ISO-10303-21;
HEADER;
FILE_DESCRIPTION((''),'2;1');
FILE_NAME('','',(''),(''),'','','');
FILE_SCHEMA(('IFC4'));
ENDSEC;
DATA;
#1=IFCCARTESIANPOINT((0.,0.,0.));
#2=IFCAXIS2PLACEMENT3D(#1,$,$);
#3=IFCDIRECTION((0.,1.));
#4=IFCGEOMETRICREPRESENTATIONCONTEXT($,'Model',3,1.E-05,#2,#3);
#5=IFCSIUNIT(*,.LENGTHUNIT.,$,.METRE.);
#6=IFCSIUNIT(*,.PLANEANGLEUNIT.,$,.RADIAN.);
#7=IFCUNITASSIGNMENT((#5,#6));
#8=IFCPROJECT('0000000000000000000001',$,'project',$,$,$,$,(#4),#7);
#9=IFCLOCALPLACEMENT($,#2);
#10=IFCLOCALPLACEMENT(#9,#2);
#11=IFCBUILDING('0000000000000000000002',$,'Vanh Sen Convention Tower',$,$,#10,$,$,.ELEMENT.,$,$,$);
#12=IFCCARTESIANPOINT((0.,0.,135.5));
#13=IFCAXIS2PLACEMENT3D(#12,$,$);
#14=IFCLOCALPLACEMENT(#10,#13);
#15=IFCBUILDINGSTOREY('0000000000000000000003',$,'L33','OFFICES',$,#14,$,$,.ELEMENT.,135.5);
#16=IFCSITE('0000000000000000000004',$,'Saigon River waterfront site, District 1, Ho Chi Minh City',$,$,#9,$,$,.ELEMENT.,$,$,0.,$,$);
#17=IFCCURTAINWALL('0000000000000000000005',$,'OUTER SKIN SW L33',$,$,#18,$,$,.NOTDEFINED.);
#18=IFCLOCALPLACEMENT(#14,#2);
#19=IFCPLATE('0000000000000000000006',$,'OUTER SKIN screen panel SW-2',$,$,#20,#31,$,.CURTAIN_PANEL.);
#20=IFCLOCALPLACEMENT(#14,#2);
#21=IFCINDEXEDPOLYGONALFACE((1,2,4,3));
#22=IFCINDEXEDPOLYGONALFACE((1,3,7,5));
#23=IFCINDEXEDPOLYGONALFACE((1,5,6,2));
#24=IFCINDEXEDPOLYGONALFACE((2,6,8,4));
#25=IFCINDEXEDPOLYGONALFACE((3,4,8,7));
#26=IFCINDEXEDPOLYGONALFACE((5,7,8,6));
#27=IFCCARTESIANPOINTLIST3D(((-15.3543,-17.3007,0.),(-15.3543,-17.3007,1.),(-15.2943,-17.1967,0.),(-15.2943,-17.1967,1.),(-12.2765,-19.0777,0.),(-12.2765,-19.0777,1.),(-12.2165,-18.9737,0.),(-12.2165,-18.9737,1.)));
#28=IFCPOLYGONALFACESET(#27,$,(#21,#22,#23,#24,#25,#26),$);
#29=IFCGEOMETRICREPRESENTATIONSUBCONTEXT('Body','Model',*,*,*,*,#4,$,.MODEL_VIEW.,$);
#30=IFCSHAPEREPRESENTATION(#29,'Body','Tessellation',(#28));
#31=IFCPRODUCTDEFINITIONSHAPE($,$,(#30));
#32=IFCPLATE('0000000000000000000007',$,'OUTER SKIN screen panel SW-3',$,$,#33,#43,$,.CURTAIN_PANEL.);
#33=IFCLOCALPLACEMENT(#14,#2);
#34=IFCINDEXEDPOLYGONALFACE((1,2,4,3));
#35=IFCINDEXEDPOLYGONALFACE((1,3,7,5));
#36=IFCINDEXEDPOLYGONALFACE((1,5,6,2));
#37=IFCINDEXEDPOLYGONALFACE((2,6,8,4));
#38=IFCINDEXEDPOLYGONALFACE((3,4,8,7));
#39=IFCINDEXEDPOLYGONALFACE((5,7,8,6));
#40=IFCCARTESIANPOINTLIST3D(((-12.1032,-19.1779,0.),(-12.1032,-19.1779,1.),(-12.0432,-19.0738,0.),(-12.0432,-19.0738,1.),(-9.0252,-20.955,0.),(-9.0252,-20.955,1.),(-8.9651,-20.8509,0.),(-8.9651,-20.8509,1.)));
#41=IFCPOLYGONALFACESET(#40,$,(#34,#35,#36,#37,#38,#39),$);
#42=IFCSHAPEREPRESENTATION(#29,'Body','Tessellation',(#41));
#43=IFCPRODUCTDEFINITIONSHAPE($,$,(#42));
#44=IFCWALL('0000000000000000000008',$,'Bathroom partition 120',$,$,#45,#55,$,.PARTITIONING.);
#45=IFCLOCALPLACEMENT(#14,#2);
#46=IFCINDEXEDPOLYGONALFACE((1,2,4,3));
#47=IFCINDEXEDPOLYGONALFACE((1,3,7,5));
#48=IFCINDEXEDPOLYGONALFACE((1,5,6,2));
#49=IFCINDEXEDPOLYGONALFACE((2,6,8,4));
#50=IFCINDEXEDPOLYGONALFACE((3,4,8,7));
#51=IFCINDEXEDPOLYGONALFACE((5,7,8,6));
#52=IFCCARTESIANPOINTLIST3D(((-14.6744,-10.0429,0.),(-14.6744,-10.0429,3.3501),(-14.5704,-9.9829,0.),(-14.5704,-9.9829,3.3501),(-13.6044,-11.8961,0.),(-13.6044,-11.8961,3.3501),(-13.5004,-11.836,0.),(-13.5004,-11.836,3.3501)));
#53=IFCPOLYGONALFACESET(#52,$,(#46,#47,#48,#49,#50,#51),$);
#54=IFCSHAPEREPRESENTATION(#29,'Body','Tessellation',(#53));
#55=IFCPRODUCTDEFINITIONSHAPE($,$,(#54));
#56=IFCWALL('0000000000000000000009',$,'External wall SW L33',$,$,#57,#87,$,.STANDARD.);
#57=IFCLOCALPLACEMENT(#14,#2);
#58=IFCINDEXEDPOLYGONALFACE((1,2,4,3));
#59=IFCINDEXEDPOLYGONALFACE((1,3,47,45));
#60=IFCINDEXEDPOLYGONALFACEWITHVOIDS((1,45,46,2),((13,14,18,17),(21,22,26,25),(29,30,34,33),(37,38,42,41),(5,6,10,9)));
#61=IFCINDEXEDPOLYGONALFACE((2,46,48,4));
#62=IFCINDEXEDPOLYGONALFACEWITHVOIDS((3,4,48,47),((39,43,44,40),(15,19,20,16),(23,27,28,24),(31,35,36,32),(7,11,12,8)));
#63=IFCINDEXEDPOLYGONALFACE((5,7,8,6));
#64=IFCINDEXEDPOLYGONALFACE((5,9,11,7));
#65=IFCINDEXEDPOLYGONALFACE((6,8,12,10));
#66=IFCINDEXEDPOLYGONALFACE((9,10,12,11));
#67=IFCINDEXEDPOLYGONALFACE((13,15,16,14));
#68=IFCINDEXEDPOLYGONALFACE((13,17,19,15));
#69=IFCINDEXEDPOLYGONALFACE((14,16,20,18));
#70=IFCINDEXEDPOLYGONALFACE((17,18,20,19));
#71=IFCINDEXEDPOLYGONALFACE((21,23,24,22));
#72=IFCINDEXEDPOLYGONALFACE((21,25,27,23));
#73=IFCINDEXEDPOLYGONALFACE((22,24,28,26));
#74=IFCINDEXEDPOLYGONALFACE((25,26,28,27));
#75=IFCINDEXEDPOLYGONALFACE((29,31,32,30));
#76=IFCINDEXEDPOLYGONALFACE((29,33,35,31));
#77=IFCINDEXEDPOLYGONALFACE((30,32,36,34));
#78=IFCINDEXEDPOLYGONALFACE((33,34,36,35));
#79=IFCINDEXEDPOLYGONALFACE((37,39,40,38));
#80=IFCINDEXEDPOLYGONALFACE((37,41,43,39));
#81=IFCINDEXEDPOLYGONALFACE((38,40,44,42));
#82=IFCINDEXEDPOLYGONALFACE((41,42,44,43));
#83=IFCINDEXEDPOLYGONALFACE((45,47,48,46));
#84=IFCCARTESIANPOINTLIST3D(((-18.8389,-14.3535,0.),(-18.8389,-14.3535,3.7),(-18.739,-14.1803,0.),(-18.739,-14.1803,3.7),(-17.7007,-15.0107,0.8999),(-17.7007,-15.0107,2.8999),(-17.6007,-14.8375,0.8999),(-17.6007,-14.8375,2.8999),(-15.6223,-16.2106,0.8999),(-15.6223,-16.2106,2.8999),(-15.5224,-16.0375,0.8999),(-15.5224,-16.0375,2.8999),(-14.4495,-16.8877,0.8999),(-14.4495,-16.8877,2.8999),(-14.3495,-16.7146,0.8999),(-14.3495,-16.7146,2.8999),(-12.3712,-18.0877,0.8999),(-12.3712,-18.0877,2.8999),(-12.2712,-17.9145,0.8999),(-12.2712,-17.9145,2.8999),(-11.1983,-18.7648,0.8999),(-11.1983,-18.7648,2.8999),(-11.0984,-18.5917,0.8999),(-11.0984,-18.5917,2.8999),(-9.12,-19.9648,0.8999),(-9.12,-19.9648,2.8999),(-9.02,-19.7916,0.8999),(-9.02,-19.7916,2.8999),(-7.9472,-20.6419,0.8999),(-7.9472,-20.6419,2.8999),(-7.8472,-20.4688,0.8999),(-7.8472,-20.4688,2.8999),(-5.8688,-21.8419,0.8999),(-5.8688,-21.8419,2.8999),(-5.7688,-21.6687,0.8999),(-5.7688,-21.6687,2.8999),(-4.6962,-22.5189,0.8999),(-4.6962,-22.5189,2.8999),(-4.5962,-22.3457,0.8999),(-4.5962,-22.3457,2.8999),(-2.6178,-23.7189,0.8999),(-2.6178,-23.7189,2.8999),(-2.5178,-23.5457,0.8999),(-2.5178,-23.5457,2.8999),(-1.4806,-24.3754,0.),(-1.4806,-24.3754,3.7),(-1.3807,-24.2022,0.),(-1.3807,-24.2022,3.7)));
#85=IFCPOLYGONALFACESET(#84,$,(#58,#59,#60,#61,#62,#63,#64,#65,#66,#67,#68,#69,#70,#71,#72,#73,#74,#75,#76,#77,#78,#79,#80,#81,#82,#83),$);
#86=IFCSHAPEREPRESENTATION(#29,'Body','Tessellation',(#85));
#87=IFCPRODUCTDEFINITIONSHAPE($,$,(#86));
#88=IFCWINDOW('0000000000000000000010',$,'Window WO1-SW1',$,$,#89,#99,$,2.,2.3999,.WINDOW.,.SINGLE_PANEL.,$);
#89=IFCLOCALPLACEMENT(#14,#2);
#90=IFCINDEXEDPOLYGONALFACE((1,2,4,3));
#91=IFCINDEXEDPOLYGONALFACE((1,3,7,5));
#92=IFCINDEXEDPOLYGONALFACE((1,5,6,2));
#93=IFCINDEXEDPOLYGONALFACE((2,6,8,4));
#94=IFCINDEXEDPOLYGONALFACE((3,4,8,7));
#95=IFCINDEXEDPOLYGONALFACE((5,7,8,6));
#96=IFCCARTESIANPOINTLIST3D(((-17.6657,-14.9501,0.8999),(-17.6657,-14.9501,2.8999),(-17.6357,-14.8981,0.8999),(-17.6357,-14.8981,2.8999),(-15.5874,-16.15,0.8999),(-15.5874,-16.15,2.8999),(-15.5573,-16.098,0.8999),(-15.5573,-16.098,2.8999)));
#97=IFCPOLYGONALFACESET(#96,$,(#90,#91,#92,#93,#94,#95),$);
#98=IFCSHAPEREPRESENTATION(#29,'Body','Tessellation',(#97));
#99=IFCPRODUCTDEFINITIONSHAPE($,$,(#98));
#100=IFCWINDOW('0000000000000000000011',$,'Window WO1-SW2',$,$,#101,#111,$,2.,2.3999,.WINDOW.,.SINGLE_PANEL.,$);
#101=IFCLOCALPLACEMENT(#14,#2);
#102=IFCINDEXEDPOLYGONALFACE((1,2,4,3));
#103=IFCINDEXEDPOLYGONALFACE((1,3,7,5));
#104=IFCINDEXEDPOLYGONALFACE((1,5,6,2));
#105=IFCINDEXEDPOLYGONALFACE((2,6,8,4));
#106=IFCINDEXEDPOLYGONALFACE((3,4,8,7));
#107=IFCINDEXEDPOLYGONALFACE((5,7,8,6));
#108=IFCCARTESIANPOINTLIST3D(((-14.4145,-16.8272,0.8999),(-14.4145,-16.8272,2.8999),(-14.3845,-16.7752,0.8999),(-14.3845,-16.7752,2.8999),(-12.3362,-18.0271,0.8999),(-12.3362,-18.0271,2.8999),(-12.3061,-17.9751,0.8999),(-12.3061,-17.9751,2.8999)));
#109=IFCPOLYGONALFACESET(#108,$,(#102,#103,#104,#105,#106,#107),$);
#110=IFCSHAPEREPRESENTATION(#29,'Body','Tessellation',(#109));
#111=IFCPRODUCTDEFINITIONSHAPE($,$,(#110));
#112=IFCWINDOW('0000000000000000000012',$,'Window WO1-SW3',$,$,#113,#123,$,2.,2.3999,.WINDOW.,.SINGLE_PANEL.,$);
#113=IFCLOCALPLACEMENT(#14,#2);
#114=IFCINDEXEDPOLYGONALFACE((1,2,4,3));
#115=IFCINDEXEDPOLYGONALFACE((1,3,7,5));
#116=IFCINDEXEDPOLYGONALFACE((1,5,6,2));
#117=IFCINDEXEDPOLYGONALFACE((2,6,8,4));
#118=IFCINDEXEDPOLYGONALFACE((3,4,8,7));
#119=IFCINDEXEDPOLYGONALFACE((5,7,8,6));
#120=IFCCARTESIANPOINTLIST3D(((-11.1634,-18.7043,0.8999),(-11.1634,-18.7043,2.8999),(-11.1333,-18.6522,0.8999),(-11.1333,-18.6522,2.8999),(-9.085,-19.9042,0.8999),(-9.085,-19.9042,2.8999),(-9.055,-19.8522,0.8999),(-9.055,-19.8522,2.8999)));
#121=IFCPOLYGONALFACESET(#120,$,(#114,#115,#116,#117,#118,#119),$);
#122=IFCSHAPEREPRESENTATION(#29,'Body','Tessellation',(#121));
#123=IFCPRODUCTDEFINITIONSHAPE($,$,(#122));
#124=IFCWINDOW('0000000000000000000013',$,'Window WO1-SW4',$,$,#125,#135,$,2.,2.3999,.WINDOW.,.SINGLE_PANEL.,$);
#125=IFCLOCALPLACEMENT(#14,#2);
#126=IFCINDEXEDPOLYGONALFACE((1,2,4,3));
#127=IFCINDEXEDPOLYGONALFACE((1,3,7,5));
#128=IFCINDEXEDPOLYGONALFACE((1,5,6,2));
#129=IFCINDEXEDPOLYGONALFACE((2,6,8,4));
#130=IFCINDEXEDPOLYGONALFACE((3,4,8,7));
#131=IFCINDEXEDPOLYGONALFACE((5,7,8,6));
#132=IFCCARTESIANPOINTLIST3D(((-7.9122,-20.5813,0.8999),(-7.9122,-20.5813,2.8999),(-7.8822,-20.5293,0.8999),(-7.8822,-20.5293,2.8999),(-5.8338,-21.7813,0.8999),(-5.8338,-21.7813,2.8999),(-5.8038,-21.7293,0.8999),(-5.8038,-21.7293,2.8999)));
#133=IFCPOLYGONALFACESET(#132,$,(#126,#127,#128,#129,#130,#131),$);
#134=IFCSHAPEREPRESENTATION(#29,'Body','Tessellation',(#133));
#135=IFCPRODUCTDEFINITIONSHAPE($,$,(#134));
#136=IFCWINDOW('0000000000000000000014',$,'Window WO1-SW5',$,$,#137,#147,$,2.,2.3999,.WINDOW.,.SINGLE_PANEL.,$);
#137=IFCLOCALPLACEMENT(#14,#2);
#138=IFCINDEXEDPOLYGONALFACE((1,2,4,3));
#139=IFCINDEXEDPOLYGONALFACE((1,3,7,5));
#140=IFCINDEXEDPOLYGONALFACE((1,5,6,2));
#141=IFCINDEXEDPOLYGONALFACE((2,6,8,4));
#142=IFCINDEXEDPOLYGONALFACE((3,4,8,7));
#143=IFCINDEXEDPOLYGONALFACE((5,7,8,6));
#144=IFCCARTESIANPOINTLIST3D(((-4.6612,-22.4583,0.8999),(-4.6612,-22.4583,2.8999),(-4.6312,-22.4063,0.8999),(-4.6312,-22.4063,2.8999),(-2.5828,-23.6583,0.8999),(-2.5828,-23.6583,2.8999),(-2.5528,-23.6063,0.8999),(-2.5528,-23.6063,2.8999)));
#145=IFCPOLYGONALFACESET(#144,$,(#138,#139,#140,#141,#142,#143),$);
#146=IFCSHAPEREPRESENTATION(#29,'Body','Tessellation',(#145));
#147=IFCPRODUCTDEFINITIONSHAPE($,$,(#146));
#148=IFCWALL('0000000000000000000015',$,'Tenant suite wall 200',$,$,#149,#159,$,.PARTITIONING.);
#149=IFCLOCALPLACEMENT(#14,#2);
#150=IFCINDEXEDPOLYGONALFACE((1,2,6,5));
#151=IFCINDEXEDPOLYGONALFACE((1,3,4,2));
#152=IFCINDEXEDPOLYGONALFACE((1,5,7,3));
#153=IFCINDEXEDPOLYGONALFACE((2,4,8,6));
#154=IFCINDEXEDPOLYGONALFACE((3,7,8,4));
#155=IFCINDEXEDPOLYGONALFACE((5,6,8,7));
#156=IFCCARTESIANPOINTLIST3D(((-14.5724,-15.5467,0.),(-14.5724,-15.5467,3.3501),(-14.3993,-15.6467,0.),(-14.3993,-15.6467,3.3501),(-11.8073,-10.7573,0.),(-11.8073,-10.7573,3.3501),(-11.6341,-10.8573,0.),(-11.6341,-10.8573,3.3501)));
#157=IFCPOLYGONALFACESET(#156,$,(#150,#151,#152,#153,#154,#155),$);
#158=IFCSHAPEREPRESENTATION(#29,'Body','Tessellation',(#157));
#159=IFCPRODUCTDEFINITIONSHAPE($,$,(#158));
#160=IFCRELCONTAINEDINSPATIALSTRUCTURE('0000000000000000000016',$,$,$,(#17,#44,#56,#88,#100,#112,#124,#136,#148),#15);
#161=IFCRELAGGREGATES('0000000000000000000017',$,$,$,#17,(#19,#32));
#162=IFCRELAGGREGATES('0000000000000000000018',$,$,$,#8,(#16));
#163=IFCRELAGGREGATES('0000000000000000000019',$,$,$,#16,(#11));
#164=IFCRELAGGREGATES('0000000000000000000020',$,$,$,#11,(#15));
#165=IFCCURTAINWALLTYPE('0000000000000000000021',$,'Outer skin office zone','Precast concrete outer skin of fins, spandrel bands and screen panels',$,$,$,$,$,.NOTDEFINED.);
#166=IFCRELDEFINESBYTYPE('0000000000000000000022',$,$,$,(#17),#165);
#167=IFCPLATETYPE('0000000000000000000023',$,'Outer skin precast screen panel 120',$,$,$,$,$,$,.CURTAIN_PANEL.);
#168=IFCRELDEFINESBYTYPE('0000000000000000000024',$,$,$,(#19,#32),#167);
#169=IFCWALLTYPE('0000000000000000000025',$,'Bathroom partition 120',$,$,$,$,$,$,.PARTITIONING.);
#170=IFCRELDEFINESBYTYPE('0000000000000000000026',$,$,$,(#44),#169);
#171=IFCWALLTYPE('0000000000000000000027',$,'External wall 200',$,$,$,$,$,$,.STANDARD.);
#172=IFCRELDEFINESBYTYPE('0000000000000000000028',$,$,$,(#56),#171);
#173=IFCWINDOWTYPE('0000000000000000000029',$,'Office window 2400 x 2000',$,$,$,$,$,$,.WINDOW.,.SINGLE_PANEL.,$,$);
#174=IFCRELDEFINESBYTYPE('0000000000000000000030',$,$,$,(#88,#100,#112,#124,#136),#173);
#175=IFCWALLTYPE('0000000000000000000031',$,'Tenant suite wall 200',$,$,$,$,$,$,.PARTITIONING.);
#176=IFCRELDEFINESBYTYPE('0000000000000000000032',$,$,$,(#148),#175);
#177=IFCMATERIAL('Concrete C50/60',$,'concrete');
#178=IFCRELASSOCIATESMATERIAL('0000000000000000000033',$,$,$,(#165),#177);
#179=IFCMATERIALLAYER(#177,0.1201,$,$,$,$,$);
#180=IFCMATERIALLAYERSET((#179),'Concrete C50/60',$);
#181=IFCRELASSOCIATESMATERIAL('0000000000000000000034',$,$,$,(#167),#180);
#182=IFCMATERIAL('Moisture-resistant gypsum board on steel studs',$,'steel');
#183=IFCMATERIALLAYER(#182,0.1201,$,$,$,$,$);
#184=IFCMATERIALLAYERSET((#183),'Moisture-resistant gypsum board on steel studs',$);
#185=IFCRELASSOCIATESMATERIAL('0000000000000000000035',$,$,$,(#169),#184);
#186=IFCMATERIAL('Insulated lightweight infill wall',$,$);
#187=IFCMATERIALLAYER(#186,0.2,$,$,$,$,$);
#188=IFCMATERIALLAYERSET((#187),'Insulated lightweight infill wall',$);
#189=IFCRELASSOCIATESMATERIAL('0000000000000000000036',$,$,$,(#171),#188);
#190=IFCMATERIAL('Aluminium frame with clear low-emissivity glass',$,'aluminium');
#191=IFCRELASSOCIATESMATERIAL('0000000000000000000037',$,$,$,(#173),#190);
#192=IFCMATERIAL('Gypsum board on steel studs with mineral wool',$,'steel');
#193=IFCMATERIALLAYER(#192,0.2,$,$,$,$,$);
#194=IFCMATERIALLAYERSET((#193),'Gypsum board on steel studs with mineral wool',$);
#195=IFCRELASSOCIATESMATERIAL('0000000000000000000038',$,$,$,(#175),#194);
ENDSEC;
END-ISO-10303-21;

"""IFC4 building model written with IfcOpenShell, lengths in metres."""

from ifc_helpers import new_model, si_unit, direction, frame, frame_2d, origin, origin_2d, place, context, subcontext, project, spatial, rectangle, extrude, material, layer, layer_set, type_object, element, fill, aggregate, save


model = new_model("IFC4")

# Units and contexts
model_context = context("Model", 3, precision=1e-05, world=origin(), true_north=direction((0.0, 1.0)))
body_context = subcontext(model_context, "Body", "Model", "MODEL_VIEW")
ifc_project = project(units=[si_unit("LENGTHUNIT", "METRE"), si_unit("PLANEANGLEUNIT", "RADIAN")], contexts=[model_context])

# Site, building, storey
site_placement = place(None, origin())
site = spatial("IfcSite", under=ifc_project, at=site_placement, Name="Saigon River waterfront site, District 1, Ho Chi Minh City", CompositionType="ELEMENT", RefElevation=0.0)
building_placement = place(site_placement, origin())
building = spatial("IfcBuilding", under=site, at=building_placement, Name="Vanh Sen Convention Tower", CompositionType="ELEMENT")
storey_placement = place(building_placement, frame((0.0, 0.0, 135.5)))
storey = spatial("IfcBuildingStorey", under=building, at=storey_placement, Name="L33", Description="OFFICES", CompositionType="ELEMENT", Elevation=135.5)

# Curtain wall
ifc_material_1 = material(Name="Concrete C50/60", Category="concrete")
curtain_wall_type = type_object("IfcCurtainWallType", Name="Outer skin office zone", Description="Precast concrete outer skin of fins, spandrel bands and screen panels", PredefinedType="NOTDEFINED", material=ifc_material_1)
curtain_wall_1_placement = place(storey_placement, origin())
curtain_wall_1 = element("IfcCurtainWall", 1, at=curtain_wall_1_placement, inside=storey, type_object=curtain_wall_type, Name="OUTER SKIN SW L33", PredefinedType="NOTDEFINED")

# Shared definitions
ifc_layer_1 = layer(ifc_material_1, 0.1201)
ifc_layer_set_1 = layer_set([ifc_layer_1], Name="Concrete C50/60")
plate_type = type_object("IfcPlateType", Name="Outer skin precast screen panel 120", PredefinedType="CURTAIN_PANEL", material=ifc_layer_set_1)

# Plates
plate_1_placement = place(storey_placement, frame((-13.7854, -18.1372, 0.0), z_axis=(0.0, 0.0, 1.0), x_axis=(0.866028, -0.499995, 0.0)))
plate_1 = element("IfcPlate", 2, at=plate_1_placement, type_object=plate_type, Name="OUTER SKIN screen panel SW-2", PredefinedType="CURTAIN_PANEL", context=body_context, shape_type="SweptSolid", body=[
    extrude(rectangle(XDim=3.554, YDim=0.1201, at=origin_2d()), origin(), (0.0, 0.0, 1.0), 1.0),
])
plate_2_placement = place(storey_placement, frame((-10.5342, -20.0144, 0.0), z_axis=(0.0, 0.0, 1.0), x_axis=(0.866024, -0.500003, 0.0)))
plate_2 = element("IfcPlate", 3, at=plate_2_placement, type_object=plate_type, Name="OUTER SKIN screen panel SW-3", PredefinedType="CURTAIN_PANEL", context=body_context, shape_type="SweptSolid", body=[
    extrude(rectangle(XDim=3.5542, YDim=0.1201, at=origin_2d()), origin(), (0.0, 0.0, 1.0), 1.0),
])
aggregate(curtain_wall_1, [plate_1, plate_2])

# Wall
ifc_material_2 = material(Name="Moisture-resistant gypsum board on steel studs", Category="steel")
ifc_layer_2 = layer(ifc_material_2, 0.1201)
ifc_layer_set_2 = layer_set([ifc_layer_2], Name="Moisture-resistant gypsum board on steel studs")
wall_type_1 = type_object("IfcWallType", Name="Bathroom partition 120", PredefinedType="PARTITIONING", material=ifc_layer_set_2)
wall_1_placement = place(storey_placement, frame((-13.5525, -11.866, 0.0), z_axis=(0.0, 0.0, 1.0), x_axis=(-0.500029, 0.866009, 0.0)))
element("IfcWall", 4, at=wall_1_placement, inside=storey, type_object=wall_type_1, Name="Bathroom partition 120", PredefinedType="PARTITIONING", context=body_context, shape_type="SweptSolid", body=[
    extrude(rectangle(XDim=2.1399, YDim=0.1201, at=frame_2d((1.0698, 0.0))), origin(), (0.0, 0.0, 1.0), 3.3501),
])

# Wall, openings, windows
ifc_material_3 = material(Name="Insulated lightweight infill wall")
ifc_layer_3 = layer(ifc_material_3, 0.2)
ifc_layer_set_3 = layer_set([ifc_layer_3], Name="Insulated lightweight infill wall")
wall_type_2 = type_object("IfcWallType", Name="External wall 200", PredefinedType="STANDARD", material=ifc_layer_set_3)
wall_2_placement = place(storey_placement, frame((-18.7891, -14.2668, 0.0), z_axis=(0.0, 0.0, 1.0), x_axis=(0.866023, -0.500004, 0.0)))
wall_2 = element("IfcWall", 5, at=wall_2_placement, inside=storey, type_object=wall_type_2, Name="External wall SW L33", PredefinedType="STANDARD", context=body_context, shape_type="SweptSolid", body=[
    extrude(rectangle(XDim=20.0437, YDim=0.2, at=frame_2d((10.022, 0.0))), origin(), (0.0, 0.0, 1.0), 3.7),
])
opening_1_placement = place(wall_2_placement, frame((1.3145, 0.0, 0.8999)))
opening_1 = element("IfcOpeningElement", 6, at=opening_1_placement, cuts=wall_2, PredefinedType="OPENING", context=body_context, shape_type="SweptSolid", body=[
    extrude(rectangle(XDim=2.3999, YDim=2.0, at=frame_2d((1.2, 1.0))), frame((0.0, 0.1099, 0.0), z_axis=(0.0, -1.0, 0.0), x_axis=(1.0, 0.0, 0.0)), (0.0, 0.0, 1.0), 0.22),
])
opening_2_placement = place(wall_2_placement, frame((5.0686, 0.0, 0.8999)))
opening_2 = element("IfcOpeningElement", 7, at=opening_2_placement, cuts=wall_2, PredefinedType="OPENING", context=body_context, shape_type="SweptSolid", body=[
    extrude(rectangle(XDim=2.3999, YDim=2.0, at=frame_2d((1.2, 1.0))), frame((0.0, 0.1099, 0.0), z_axis=(0.0, -1.0, 0.0), x_axis=(1.0, 0.0, 0.0)), (0.0, 0.0, 1.0), 0.22),
])
opening_3_placement = place(wall_2_placement, frame((8.8228, 0.0, 0.8999)))
opening_3 = element("IfcOpeningElement", 8, at=opening_3_placement, cuts=wall_2, PredefinedType="OPENING", context=body_context, shape_type="SweptSolid", body=[
    extrude(rectangle(XDim=2.3999, YDim=2.0, at=frame_2d((1.2, 1.0))), frame((0.0, 0.1099, 0.0), z_axis=(0.0, -1.0, 0.0), x_axis=(1.0, 0.0, 0.0)), (0.0, 0.0, 1.0), 0.22),
])
opening_4_placement = place(wall_2_placement, frame((12.5769, 0.0, 0.8999)))
opening_4 = element("IfcOpeningElement", 9, at=opening_4_placement, cuts=wall_2, PredefinedType="OPENING", context=body_context, shape_type="SweptSolid", body=[
    extrude(rectangle(XDim=2.3999, YDim=2.0, at=frame_2d((1.2, 1.0))), frame((0.0, 0.1099, 0.0), z_axis=(0.0, -1.0, 0.0), x_axis=(1.0, 0.0, 0.0)), (0.0, 0.0, 1.0), 0.22),
])
opening_5_placement = place(wall_2_placement, frame((16.3308, 0.0, 0.8999)))
opening_5 = element("IfcOpeningElement", 10, at=opening_5_placement, cuts=wall_2, PredefinedType="OPENING", context=body_context, shape_type="SweptSolid", body=[
    extrude(rectangle(XDim=2.3999, YDim=2.0, at=frame_2d((1.2, 1.0))), frame((0.0, 0.1099, 0.0), z_axis=(0.0, -1.0, 0.0), x_axis=(1.0, 0.0, 0.0)), (0.0, 0.0, 1.0), 0.22),
])
ifc_material_4 = material(Name="Aluminium frame with clear low-emissivity glass", Category="aluminium")
window_type = type_object("IfcWindowType", Name="Office window 2400 x 2000", PartitioningType="SINGLE_PANEL", PredefinedType="WINDOW", material=ifc_material_4)
window_1_placement = place(opening_1_placement, origin())
window_1 = element("IfcWindow", 11, at=window_1_placement, inside=storey, type_object=window_type, Name="Window WO1-SW1", OverallHeight=2.0, OverallWidth=2.3999, PartitioningType="SINGLE_PANEL", PredefinedType="WINDOW", context=body_context, shape_type="SweptSolid", body=[
    extrude(rectangle(XDim=2.3999, YDim=2.0, at=frame_2d((1.2, 1.0))), frame((0.0, 0.03, 0.0), z_axis=(0.0, -1.0, 0.0), x_axis=(1.0, 0.0, 0.0)), (0.0, 0.0, 1.0), 0.0601),
])
fill(opening_1, window_1)
window_2_placement = place(opening_2_placement, origin())
window_2 = element("IfcWindow", 12, at=window_2_placement, inside=storey, type_object=window_type, Name="Window WO1-SW2", OverallHeight=2.0, OverallWidth=2.3999, PartitioningType="SINGLE_PANEL", PredefinedType="WINDOW", context=body_context, shape_type="SweptSolid", body=[
    extrude(rectangle(XDim=2.3999, YDim=2.0, at=frame_2d((1.2, 1.0))), frame((0.0, 0.03, 0.0), z_axis=(0.0, -1.0, 0.0), x_axis=(1.0, 0.0, 0.0)), (0.0, 0.0, 1.0), 0.0601),
])
fill(opening_2, window_2)
window_3_placement = place(opening_3_placement, origin())
window_3 = element("IfcWindow", 13, at=window_3_placement, inside=storey, type_object=window_type, Name="Window WO1-SW3", OverallHeight=2.0, OverallWidth=2.3999, PartitioningType="SINGLE_PANEL", PredefinedType="WINDOW", context=body_context, shape_type="SweptSolid", body=[
    extrude(rectangle(XDim=2.3999, YDim=2.0, at=frame_2d((1.2, 1.0))), frame((0.0, 0.03, 0.0), z_axis=(0.0, -1.0, 0.0), x_axis=(1.0, 0.0, 0.0)), (0.0, 0.0, 1.0), 0.0601),
])
fill(opening_3, window_3)
window_4_placement = place(opening_4_placement, origin())
window_4 = element("IfcWindow", 14, at=window_4_placement, inside=storey, type_object=window_type, Name="Window WO1-SW4", OverallHeight=2.0, OverallWidth=2.3999, PartitioningType="SINGLE_PANEL", PredefinedType="WINDOW", context=body_context, shape_type="SweptSolid", body=[
    extrude(rectangle(XDim=2.3999, YDim=2.0, at=frame_2d((1.2, 1.0))), frame((0.0, 0.03, 0.0), z_axis=(0.0, -1.0, 0.0), x_axis=(1.0, 0.0, 0.0)), (0.0, 0.0, 1.0), 0.0601),
])
fill(opening_4, window_4)
window_5_placement = place(opening_5_placement, origin())
window_5 = element("IfcWindow", 15, at=window_5_placement, inside=storey, type_object=window_type, Name="Window WO1-SW5", OverallHeight=2.0, OverallWidth=2.3999, PartitioningType="SINGLE_PANEL", PredefinedType="WINDOW", context=body_context, shape_type="SweptSolid", body=[
    extrude(rectangle(XDim=2.3999, YDim=2.0, at=frame_2d((1.2, 1.0))), frame((0.0, 0.03, 0.0), z_axis=(0.0, -1.0, 0.0), x_axis=(1.0, 0.0, 0.0)), (0.0, 0.0, 1.0), 0.0601),
])
fill(opening_5, window_5)

# Wall
ifc_material_5 = material(Name="Gypsum board on steel studs with mineral wool", Category="steel")
ifc_layer_4 = layer(ifc_material_5, 0.2)
ifc_layer_set_4 = layer_set([ifc_layer_4], Name="Gypsum board on steel studs with mineral wool")
wall_type_3 = type_object("IfcWallType", Name="Tenant suite wall 200", PredefinedType="PARTITIONING", material=ifc_layer_set_4)
wall_3_placement = place(storey_placement, frame((-14.4858, -15.5967, 0.0), z_axis=(0.0, 0.0, 1.0), x_axis=(0.500004, 0.866023, 0.0)))
element("IfcWall", 16, at=wall_3_placement, inside=storey, type_object=wall_type_3, Name="Tenant suite wall 200", PredefinedType="PARTITIONING", context=body_context, shape_type="SweptSolid", body=[
    extrude(rectangle(XDim=5.5303, YDim=0.2, at=frame_2d((2.7651, 0.0))), origin(), (0.0, 0.0, 1.0), 3.3501),
])

save(model, "model.ifc")
